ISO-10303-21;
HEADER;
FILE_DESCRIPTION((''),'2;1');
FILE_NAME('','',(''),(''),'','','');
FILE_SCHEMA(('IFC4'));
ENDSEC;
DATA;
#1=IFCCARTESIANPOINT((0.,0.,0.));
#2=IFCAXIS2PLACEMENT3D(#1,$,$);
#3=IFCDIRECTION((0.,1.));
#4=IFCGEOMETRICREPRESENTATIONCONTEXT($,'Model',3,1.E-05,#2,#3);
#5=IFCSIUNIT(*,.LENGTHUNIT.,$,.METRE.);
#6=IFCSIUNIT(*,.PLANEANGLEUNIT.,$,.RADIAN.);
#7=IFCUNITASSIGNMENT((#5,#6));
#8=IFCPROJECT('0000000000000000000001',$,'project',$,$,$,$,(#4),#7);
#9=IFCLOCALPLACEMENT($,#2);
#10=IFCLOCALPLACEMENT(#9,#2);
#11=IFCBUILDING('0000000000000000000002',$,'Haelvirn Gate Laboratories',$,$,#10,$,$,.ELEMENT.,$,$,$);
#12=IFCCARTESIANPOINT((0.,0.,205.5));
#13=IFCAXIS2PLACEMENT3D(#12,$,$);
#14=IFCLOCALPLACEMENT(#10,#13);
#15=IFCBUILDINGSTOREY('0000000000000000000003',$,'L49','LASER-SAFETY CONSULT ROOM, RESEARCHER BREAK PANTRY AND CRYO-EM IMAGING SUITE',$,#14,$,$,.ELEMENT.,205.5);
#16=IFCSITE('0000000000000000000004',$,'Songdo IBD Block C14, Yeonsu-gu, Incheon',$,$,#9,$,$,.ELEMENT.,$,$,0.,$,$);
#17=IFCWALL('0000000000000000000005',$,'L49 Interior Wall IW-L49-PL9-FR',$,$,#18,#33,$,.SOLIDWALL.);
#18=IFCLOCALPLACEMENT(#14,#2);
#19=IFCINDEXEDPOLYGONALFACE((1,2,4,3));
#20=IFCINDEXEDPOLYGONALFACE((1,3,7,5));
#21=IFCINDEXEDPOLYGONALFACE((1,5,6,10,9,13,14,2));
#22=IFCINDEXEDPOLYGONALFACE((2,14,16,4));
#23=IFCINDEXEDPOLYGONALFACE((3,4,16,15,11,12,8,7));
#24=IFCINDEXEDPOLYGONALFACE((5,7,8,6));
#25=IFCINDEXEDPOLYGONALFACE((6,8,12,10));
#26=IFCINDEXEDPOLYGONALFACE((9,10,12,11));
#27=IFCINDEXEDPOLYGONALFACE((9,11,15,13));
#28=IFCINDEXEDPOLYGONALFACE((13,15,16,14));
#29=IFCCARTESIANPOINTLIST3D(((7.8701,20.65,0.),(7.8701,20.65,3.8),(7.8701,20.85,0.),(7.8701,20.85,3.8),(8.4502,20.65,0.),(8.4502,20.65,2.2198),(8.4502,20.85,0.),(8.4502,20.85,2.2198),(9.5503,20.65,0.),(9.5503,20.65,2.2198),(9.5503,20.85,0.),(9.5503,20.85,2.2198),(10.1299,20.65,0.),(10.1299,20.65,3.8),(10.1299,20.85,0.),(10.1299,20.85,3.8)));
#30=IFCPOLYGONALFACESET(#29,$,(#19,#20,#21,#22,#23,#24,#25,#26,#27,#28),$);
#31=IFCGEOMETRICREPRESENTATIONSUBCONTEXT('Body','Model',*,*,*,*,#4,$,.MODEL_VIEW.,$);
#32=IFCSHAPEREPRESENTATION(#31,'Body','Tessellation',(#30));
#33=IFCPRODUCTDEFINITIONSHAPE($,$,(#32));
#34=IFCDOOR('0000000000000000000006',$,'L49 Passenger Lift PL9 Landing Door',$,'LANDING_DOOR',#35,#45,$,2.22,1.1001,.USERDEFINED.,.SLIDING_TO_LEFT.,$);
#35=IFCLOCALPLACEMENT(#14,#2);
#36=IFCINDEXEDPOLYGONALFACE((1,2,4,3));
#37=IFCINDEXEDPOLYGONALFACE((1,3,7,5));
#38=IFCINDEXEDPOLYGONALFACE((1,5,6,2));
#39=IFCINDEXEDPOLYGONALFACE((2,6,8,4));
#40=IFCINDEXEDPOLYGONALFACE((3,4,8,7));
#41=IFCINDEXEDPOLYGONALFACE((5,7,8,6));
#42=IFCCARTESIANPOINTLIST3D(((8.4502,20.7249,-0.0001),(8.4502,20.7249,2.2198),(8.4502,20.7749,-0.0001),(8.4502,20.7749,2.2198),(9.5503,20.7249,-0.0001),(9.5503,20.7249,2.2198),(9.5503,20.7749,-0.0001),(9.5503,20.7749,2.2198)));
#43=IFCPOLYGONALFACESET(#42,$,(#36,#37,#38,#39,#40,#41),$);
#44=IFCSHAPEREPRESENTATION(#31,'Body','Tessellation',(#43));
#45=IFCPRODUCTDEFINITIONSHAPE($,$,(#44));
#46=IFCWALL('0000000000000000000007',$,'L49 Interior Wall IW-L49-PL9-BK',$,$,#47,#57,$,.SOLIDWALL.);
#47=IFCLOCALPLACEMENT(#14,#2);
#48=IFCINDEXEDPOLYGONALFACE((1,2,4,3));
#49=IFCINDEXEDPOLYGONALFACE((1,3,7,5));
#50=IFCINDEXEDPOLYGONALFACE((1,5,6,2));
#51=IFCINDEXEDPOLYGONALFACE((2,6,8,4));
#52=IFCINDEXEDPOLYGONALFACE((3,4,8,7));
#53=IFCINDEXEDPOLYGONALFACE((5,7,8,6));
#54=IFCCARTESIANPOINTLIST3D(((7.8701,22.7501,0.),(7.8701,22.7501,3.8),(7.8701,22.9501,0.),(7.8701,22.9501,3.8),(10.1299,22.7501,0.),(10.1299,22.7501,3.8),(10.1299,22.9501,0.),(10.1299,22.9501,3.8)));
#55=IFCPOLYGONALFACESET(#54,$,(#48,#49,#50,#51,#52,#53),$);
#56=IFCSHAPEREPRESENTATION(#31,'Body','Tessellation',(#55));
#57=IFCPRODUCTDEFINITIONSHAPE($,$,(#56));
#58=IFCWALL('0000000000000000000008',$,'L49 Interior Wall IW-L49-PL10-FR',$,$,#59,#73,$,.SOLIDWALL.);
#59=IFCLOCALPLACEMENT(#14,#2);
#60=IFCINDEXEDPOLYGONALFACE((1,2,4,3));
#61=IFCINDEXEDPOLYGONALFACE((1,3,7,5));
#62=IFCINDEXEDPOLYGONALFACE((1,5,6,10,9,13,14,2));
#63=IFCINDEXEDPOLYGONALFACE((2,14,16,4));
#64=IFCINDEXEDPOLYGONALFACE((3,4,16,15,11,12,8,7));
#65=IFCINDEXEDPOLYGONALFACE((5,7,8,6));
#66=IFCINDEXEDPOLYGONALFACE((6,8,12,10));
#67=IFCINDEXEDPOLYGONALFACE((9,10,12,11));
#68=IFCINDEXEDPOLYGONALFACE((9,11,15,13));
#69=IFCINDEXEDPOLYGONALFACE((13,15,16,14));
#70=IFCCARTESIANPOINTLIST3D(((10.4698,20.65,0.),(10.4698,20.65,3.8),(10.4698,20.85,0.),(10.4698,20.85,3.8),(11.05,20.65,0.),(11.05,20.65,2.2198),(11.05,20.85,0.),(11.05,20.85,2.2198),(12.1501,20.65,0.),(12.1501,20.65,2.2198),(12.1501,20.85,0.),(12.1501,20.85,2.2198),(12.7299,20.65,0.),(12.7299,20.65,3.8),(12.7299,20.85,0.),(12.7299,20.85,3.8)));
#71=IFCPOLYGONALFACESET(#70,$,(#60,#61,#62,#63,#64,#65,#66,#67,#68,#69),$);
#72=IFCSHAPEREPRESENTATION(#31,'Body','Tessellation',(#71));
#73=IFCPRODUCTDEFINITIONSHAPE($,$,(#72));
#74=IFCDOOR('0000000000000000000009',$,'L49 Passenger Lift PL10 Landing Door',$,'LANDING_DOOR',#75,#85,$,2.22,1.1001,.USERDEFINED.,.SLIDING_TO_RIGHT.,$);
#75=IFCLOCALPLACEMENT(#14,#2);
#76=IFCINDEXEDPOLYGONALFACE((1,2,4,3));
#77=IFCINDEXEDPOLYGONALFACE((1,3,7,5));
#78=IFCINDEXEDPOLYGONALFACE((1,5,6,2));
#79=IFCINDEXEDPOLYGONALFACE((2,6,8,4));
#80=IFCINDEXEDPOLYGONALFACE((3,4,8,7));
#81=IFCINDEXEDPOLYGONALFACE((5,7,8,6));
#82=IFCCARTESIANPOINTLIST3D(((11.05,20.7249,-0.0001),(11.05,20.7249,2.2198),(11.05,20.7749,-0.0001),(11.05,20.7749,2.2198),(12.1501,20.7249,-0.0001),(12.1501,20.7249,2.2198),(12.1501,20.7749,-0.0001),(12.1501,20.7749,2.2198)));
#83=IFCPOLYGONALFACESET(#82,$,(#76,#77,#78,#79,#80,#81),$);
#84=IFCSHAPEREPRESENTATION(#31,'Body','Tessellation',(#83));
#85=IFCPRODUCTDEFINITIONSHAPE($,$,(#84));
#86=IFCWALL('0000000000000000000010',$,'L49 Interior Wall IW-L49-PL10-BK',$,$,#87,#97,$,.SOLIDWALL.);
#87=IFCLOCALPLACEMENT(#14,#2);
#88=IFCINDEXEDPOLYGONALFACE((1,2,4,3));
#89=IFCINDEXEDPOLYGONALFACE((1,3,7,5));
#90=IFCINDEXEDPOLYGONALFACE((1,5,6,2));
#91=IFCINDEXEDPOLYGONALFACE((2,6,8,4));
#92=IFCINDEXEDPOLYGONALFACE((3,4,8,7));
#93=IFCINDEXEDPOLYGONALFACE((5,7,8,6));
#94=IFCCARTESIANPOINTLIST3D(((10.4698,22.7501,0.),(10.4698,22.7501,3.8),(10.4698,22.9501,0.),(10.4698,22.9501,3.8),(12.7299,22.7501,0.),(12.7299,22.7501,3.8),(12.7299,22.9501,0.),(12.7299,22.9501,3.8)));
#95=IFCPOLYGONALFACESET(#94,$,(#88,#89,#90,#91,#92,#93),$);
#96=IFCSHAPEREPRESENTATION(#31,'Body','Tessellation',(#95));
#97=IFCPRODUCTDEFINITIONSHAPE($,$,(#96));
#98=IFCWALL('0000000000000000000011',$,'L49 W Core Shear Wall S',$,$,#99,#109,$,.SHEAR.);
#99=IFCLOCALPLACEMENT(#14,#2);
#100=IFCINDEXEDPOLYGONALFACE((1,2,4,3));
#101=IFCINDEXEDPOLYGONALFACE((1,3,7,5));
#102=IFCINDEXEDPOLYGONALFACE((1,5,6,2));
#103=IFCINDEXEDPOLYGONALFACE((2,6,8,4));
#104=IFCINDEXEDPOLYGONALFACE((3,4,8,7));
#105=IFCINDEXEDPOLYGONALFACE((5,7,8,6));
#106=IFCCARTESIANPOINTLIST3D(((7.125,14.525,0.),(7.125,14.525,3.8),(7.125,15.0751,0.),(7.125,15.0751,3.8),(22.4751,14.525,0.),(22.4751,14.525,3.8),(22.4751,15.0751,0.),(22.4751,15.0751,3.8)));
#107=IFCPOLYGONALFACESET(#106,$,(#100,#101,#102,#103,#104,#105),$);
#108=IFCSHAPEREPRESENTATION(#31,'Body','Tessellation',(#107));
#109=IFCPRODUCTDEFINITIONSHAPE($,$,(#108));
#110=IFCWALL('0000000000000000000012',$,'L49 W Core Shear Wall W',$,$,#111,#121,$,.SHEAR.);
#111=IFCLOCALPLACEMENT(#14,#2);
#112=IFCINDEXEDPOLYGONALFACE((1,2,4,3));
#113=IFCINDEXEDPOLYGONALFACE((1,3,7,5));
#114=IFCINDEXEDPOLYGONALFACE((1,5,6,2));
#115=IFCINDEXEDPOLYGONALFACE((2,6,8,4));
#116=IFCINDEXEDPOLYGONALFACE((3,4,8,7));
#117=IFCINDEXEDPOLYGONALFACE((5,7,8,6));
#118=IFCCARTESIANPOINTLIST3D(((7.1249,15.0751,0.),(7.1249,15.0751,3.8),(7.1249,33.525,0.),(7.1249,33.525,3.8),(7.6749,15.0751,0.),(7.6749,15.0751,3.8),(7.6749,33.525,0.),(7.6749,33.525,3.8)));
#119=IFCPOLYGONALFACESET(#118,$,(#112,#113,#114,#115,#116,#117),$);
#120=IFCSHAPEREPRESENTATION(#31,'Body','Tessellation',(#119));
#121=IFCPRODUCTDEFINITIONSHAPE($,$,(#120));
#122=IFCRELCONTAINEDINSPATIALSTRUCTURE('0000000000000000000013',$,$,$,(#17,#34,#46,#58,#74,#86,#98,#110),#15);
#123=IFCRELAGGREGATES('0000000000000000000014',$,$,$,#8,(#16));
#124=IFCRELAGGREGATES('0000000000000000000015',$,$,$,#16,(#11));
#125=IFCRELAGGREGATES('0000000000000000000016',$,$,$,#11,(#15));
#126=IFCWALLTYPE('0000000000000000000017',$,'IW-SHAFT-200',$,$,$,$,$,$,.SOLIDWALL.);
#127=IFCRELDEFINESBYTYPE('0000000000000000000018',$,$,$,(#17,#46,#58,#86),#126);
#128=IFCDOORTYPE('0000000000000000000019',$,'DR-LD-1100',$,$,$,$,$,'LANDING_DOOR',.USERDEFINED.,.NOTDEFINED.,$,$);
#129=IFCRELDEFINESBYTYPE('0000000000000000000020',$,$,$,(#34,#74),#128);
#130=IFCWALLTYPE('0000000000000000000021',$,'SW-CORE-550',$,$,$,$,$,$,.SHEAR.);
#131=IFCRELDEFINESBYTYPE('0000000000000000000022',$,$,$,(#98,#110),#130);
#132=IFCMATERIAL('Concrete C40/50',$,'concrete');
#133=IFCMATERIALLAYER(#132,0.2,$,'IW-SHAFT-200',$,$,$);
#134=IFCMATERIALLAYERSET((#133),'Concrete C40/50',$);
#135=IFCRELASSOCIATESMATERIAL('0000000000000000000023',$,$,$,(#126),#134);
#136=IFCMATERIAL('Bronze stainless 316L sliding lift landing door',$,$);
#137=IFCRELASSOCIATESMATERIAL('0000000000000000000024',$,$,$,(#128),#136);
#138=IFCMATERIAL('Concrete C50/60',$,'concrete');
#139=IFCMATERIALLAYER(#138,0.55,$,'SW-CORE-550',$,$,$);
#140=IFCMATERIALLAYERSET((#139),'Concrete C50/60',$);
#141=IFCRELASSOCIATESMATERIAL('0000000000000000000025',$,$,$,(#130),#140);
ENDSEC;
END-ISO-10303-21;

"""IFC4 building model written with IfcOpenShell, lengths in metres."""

from ifc_helpers import new_model, si_unit, direction, frame, frame_2d, origin, place, context, subcontext, project, spatial, rectangle, extrude, source, transform, mapped, material, layer, layer_set, type_object, type_shapes, element, fill, save


model = new_model("IFC4")

# Units and contexts
model_context = context("Model", 3, precision=1e-05, world=origin(), true_north=direction((0.0, 1.0)))
body_context = subcontext(model_context, "Body", "Model", "MODEL_VIEW")
ifc_project = project(units=[si_unit("LENGTHUNIT", "METRE"), si_unit("PLANEANGLEUNIT", "RADIAN")], contexts=[model_context])

# Site, building, storey
site_placement = place(None, origin())
site = spatial("IfcSite", under=ifc_project, at=site_placement, Name="Songdo IBD Block C14, Yeonsu-gu, Incheon", CompositionType="ELEMENT", RefElevation=0.0)
building_placement = place(site_placement, origin())
building = spatial("IfcBuilding", under=site, at=building_placement, Name="Haelvirn Gate Laboratories", CompositionType="ELEMENT")
storey_placement = place(building_placement, frame((0.0, 0.0, 205.5)))
storey = spatial("IfcBuildingStorey", under=building, at=storey_placement, Name="L49", Description="LASER-SAFETY CONSULT ROOM, RESEARCHER BREAK PANTRY AND CRYO-EM IMAGING SUITE", CompositionType="ELEMENT", Elevation=205.5)

# Shared definitions
ifc_material_1 = material(Name="Concrete C50/60", Category="concrete")

# Shared definitions
ifc_material_2 = material(Name="Concrete C40/50", Category="concrete")

# Wall, opening, door
ifc_layer_1 = layer(ifc_material_2, 0.2, Name="IW-SHAFT-200")
ifc_layer_set_1 = layer_set([ifc_layer_1], Name="Concrete C40/50")
wall_type_1 = type_object("IfcWallType", Name="IW-SHAFT-200", PredefinedType="SOLIDWALL", material=ifc_layer_set_1)
wall_1_placement = place(storey_placement, frame((7.8701, 20.75, 0.0), z_axis=(0.0, 0.0, 1.0), x_axis=(1.0, 0.0, 0.0)))
wall_1 = element("IfcWall", 1, at=wall_1_placement, inside=storey, type_object=wall_type_1, Name="L49 Interior Wall IW-L49-PL9-FR", PredefinedType="SOLIDWALL", context=body_context, shape_type="SweptSolid", body=[
    extrude(rectangle(XDim=2.2598, YDim=0.2, at=frame_2d((1.1299, 0.0))), origin(), (0.0, 0.0, 1.0), 3.8),
])
opening_1_placement = place(wall_1_placement, frame((0.5801, 0.0, 0.0)))
opening_1 = element("IfcOpeningElement", 2, at=opening_1_placement, cuts=wall_1, PredefinedType="OPENING", context=body_context, shape_type="SweptSolid", body=[
    extrude(rectangle(XDim=1.1001, YDim=2.22, at=frame_2d((0.55, 1.1099))), frame((0.0, 0.1099, 0.0), z_axis=(0.0, -1.0, 0.0), x_axis=(1.0, 0.0, 0.0)), (0.0, 0.0, 1.0), 0.22),
])
ifc_material_3 = material(Name="Bronze stainless 316L sliding lift landing door")
door_type_1 = type_object("IfcDoorType", Name="DR-LD-1100", ElementType="LANDING_DOOR", OperationType="NOTDEFINED", PredefinedType="USERDEFINED", material=ifc_material_3)
shared_shape_1 = source(origin(), body_context, "Body", "SweptSolid", [
    extrude(rectangle(XDim=1.1001, YDim=2.22, at=frame_2d((0.55, 1.1099))), frame((0.0, 0.0249, 0.0), z_axis=(0.0, -1.0, 0.0), x_axis=(1.0, 0.0, 0.0)), (0.0, 0.0, 1.0), 0.05),
])
type_shapes(door_type_1, [shared_shape_1])
door_1_placement = place(opening_1_placement, origin())
door_1 = element("IfcDoor", 3, at=door_1_placement, inside=storey, type_object=door_type_1, Name="L49 Passenger Lift PL9 Landing Door", ObjectType="LANDING_DOOR", OperationType="SLIDING_TO_LEFT", OverallHeight=2.22, OverallWidth=1.1001, PredefinedType="USERDEFINED", context=body_context, shape_type="MappedRepresentation", body=[
    mapped(shared_shape_1, transform((0.0, 0.0, 0.0), scale=1.0)),
])
fill(opening_1, door_1)

# Wall
wall_2_placement = place(storey_placement, frame((7.8701, 22.8501, 0.0), z_axis=(0.0, 0.0, 1.0), x_axis=(1.0, 0.0, 0.0)))
element("IfcWall", 4, at=wall_2_placement, inside=storey, type_object=wall_type_1, Name="L49 Interior Wall IW-L49-PL9-BK", PredefinedType="SOLIDWALL", context=body_context, shape_type="SweptSolid", body=[
    extrude(rectangle(XDim=2.2598, YDim=0.2, at=frame_2d((1.1299, 0.0))), origin(), (0.0, 0.0, 1.0), 3.8),
])

# Wall, opening, door
wall_3_placement = place(storey_placement, frame((10.47, 20.75, 0.0), z_axis=(0.0, 0.0, 1.0), x_axis=(1.0, 0.0, 0.0)))
wall_3 = element("IfcWall", 5, at=wall_3_placement, inside=storey, type_object=wall_type_1, Name="L49 Interior Wall IW-L49-PL10-FR", PredefinedType="SOLIDWALL", context=body_context, shape_type="SweptSolid", body=[
    extrude(rectangle(XDim=2.26, YDim=0.2, at=frame_2d((1.1299, 0.0))), origin(), (0.0, 0.0, 1.0), 3.8),
])
opening_2_placement = place(wall_3_placement, frame((0.5801, 0.0, 0.0)))
opening_2 = element("IfcOpeningElement", 6, at=opening_2_placement, cuts=wall_3, PredefinedType="OPENING", context=body_context, shape_type="SweptSolid", body=[
    extrude(rectangle(XDim=1.1001, YDim=2.22, at=frame_2d((0.55, 1.1099))), frame((0.0, 0.1099, 0.0), z_axis=(0.0, -1.0, 0.0), x_axis=(1.0, 0.0, 0.0)), (0.0, 0.0, 1.0), 0.22),
])
door_2_placement = place(opening_2_placement, origin())
door_2 = element("IfcDoor", 7, at=door_2_placement, inside=storey, type_object=door_type_1, Name="L49 Passenger Lift PL10 Landing Door", ObjectType="LANDING_DOOR", OperationType="SLIDING_TO_RIGHT", OverallHeight=2.22, OverallWidth=1.1001, PredefinedType="USERDEFINED", context=body_context, shape_type="MappedRepresentation", body=[
    mapped(shared_shape_1, transform((0.0, 0.0, 0.0), scale=1.0)),
])
fill(opening_2, door_2)

# Walls
wall_4_placement = place(storey_placement, frame((10.47, 22.8501, 0.0), z_axis=(0.0, 0.0, 1.0), x_axis=(1.0, 0.0, 0.0)))
element("IfcWall", 8, at=wall_4_placement, inside=storey, type_object=wall_type_1, Name="L49 Interior Wall IW-L49-PL10-BK", PredefinedType="SOLIDWALL", context=body_context, shape_type="SweptSolid", body=[
    extrude(rectangle(XDim=2.26, YDim=0.2, at=frame_2d((1.1299, 0.0))), origin(), (0.0, 0.0, 1.0), 3.8),
])
ifc_layer_2 = layer(ifc_material_1, 0.55, Name="SW-CORE-550")
ifc_layer_set_2 = layer_set([ifc_layer_2], Name="Concrete C50/60")
wall_type_2 = type_object("IfcWallType", Name="SW-CORE-550", PredefinedType="SHEAR", material=ifc_layer_set_2)
wall_5_placement = place(storey_placement, frame((7.125, 14.8, 0.0), z_axis=(0.0, 0.0, 1.0), x_axis=(1.0, 0.0, 0.0)))
element("IfcWall", 9, at=wall_5_placement, inside=storey, type_object=wall_type_2, Name="L49 W Core Shear Wall S", PredefinedType="SHEAR", context=body_context, shape_type="SweptSolid", body=[
    extrude(rectangle(XDim=15.3501, YDim=0.55, at=frame_2d((7.675, 0.0))), origin(), (0.0, 0.0, 1.0), 3.8),
])
wall_6_placement = place(storey_placement, frame((7.3999, 15.075, 0.0), z_axis=(0.0, 0.0, 1.0), x_axis=(0.0, 1.0, 0.0)))
element("IfcWall", 10, at=wall_6_placement, inside=storey, type_object=wall_type_2, Name="L49 W Core Shear Wall W", PredefinedType="SHEAR", context=body_context, shape_type="SweptSolid", body=[
    extrude(rectangle(XDim=18.45, YDim=0.55, at=frame_2d((9.2251, 0.0))), origin(), (0.0, 0.0, 1.0), 3.8),
])

save(model, "model.ifc")
